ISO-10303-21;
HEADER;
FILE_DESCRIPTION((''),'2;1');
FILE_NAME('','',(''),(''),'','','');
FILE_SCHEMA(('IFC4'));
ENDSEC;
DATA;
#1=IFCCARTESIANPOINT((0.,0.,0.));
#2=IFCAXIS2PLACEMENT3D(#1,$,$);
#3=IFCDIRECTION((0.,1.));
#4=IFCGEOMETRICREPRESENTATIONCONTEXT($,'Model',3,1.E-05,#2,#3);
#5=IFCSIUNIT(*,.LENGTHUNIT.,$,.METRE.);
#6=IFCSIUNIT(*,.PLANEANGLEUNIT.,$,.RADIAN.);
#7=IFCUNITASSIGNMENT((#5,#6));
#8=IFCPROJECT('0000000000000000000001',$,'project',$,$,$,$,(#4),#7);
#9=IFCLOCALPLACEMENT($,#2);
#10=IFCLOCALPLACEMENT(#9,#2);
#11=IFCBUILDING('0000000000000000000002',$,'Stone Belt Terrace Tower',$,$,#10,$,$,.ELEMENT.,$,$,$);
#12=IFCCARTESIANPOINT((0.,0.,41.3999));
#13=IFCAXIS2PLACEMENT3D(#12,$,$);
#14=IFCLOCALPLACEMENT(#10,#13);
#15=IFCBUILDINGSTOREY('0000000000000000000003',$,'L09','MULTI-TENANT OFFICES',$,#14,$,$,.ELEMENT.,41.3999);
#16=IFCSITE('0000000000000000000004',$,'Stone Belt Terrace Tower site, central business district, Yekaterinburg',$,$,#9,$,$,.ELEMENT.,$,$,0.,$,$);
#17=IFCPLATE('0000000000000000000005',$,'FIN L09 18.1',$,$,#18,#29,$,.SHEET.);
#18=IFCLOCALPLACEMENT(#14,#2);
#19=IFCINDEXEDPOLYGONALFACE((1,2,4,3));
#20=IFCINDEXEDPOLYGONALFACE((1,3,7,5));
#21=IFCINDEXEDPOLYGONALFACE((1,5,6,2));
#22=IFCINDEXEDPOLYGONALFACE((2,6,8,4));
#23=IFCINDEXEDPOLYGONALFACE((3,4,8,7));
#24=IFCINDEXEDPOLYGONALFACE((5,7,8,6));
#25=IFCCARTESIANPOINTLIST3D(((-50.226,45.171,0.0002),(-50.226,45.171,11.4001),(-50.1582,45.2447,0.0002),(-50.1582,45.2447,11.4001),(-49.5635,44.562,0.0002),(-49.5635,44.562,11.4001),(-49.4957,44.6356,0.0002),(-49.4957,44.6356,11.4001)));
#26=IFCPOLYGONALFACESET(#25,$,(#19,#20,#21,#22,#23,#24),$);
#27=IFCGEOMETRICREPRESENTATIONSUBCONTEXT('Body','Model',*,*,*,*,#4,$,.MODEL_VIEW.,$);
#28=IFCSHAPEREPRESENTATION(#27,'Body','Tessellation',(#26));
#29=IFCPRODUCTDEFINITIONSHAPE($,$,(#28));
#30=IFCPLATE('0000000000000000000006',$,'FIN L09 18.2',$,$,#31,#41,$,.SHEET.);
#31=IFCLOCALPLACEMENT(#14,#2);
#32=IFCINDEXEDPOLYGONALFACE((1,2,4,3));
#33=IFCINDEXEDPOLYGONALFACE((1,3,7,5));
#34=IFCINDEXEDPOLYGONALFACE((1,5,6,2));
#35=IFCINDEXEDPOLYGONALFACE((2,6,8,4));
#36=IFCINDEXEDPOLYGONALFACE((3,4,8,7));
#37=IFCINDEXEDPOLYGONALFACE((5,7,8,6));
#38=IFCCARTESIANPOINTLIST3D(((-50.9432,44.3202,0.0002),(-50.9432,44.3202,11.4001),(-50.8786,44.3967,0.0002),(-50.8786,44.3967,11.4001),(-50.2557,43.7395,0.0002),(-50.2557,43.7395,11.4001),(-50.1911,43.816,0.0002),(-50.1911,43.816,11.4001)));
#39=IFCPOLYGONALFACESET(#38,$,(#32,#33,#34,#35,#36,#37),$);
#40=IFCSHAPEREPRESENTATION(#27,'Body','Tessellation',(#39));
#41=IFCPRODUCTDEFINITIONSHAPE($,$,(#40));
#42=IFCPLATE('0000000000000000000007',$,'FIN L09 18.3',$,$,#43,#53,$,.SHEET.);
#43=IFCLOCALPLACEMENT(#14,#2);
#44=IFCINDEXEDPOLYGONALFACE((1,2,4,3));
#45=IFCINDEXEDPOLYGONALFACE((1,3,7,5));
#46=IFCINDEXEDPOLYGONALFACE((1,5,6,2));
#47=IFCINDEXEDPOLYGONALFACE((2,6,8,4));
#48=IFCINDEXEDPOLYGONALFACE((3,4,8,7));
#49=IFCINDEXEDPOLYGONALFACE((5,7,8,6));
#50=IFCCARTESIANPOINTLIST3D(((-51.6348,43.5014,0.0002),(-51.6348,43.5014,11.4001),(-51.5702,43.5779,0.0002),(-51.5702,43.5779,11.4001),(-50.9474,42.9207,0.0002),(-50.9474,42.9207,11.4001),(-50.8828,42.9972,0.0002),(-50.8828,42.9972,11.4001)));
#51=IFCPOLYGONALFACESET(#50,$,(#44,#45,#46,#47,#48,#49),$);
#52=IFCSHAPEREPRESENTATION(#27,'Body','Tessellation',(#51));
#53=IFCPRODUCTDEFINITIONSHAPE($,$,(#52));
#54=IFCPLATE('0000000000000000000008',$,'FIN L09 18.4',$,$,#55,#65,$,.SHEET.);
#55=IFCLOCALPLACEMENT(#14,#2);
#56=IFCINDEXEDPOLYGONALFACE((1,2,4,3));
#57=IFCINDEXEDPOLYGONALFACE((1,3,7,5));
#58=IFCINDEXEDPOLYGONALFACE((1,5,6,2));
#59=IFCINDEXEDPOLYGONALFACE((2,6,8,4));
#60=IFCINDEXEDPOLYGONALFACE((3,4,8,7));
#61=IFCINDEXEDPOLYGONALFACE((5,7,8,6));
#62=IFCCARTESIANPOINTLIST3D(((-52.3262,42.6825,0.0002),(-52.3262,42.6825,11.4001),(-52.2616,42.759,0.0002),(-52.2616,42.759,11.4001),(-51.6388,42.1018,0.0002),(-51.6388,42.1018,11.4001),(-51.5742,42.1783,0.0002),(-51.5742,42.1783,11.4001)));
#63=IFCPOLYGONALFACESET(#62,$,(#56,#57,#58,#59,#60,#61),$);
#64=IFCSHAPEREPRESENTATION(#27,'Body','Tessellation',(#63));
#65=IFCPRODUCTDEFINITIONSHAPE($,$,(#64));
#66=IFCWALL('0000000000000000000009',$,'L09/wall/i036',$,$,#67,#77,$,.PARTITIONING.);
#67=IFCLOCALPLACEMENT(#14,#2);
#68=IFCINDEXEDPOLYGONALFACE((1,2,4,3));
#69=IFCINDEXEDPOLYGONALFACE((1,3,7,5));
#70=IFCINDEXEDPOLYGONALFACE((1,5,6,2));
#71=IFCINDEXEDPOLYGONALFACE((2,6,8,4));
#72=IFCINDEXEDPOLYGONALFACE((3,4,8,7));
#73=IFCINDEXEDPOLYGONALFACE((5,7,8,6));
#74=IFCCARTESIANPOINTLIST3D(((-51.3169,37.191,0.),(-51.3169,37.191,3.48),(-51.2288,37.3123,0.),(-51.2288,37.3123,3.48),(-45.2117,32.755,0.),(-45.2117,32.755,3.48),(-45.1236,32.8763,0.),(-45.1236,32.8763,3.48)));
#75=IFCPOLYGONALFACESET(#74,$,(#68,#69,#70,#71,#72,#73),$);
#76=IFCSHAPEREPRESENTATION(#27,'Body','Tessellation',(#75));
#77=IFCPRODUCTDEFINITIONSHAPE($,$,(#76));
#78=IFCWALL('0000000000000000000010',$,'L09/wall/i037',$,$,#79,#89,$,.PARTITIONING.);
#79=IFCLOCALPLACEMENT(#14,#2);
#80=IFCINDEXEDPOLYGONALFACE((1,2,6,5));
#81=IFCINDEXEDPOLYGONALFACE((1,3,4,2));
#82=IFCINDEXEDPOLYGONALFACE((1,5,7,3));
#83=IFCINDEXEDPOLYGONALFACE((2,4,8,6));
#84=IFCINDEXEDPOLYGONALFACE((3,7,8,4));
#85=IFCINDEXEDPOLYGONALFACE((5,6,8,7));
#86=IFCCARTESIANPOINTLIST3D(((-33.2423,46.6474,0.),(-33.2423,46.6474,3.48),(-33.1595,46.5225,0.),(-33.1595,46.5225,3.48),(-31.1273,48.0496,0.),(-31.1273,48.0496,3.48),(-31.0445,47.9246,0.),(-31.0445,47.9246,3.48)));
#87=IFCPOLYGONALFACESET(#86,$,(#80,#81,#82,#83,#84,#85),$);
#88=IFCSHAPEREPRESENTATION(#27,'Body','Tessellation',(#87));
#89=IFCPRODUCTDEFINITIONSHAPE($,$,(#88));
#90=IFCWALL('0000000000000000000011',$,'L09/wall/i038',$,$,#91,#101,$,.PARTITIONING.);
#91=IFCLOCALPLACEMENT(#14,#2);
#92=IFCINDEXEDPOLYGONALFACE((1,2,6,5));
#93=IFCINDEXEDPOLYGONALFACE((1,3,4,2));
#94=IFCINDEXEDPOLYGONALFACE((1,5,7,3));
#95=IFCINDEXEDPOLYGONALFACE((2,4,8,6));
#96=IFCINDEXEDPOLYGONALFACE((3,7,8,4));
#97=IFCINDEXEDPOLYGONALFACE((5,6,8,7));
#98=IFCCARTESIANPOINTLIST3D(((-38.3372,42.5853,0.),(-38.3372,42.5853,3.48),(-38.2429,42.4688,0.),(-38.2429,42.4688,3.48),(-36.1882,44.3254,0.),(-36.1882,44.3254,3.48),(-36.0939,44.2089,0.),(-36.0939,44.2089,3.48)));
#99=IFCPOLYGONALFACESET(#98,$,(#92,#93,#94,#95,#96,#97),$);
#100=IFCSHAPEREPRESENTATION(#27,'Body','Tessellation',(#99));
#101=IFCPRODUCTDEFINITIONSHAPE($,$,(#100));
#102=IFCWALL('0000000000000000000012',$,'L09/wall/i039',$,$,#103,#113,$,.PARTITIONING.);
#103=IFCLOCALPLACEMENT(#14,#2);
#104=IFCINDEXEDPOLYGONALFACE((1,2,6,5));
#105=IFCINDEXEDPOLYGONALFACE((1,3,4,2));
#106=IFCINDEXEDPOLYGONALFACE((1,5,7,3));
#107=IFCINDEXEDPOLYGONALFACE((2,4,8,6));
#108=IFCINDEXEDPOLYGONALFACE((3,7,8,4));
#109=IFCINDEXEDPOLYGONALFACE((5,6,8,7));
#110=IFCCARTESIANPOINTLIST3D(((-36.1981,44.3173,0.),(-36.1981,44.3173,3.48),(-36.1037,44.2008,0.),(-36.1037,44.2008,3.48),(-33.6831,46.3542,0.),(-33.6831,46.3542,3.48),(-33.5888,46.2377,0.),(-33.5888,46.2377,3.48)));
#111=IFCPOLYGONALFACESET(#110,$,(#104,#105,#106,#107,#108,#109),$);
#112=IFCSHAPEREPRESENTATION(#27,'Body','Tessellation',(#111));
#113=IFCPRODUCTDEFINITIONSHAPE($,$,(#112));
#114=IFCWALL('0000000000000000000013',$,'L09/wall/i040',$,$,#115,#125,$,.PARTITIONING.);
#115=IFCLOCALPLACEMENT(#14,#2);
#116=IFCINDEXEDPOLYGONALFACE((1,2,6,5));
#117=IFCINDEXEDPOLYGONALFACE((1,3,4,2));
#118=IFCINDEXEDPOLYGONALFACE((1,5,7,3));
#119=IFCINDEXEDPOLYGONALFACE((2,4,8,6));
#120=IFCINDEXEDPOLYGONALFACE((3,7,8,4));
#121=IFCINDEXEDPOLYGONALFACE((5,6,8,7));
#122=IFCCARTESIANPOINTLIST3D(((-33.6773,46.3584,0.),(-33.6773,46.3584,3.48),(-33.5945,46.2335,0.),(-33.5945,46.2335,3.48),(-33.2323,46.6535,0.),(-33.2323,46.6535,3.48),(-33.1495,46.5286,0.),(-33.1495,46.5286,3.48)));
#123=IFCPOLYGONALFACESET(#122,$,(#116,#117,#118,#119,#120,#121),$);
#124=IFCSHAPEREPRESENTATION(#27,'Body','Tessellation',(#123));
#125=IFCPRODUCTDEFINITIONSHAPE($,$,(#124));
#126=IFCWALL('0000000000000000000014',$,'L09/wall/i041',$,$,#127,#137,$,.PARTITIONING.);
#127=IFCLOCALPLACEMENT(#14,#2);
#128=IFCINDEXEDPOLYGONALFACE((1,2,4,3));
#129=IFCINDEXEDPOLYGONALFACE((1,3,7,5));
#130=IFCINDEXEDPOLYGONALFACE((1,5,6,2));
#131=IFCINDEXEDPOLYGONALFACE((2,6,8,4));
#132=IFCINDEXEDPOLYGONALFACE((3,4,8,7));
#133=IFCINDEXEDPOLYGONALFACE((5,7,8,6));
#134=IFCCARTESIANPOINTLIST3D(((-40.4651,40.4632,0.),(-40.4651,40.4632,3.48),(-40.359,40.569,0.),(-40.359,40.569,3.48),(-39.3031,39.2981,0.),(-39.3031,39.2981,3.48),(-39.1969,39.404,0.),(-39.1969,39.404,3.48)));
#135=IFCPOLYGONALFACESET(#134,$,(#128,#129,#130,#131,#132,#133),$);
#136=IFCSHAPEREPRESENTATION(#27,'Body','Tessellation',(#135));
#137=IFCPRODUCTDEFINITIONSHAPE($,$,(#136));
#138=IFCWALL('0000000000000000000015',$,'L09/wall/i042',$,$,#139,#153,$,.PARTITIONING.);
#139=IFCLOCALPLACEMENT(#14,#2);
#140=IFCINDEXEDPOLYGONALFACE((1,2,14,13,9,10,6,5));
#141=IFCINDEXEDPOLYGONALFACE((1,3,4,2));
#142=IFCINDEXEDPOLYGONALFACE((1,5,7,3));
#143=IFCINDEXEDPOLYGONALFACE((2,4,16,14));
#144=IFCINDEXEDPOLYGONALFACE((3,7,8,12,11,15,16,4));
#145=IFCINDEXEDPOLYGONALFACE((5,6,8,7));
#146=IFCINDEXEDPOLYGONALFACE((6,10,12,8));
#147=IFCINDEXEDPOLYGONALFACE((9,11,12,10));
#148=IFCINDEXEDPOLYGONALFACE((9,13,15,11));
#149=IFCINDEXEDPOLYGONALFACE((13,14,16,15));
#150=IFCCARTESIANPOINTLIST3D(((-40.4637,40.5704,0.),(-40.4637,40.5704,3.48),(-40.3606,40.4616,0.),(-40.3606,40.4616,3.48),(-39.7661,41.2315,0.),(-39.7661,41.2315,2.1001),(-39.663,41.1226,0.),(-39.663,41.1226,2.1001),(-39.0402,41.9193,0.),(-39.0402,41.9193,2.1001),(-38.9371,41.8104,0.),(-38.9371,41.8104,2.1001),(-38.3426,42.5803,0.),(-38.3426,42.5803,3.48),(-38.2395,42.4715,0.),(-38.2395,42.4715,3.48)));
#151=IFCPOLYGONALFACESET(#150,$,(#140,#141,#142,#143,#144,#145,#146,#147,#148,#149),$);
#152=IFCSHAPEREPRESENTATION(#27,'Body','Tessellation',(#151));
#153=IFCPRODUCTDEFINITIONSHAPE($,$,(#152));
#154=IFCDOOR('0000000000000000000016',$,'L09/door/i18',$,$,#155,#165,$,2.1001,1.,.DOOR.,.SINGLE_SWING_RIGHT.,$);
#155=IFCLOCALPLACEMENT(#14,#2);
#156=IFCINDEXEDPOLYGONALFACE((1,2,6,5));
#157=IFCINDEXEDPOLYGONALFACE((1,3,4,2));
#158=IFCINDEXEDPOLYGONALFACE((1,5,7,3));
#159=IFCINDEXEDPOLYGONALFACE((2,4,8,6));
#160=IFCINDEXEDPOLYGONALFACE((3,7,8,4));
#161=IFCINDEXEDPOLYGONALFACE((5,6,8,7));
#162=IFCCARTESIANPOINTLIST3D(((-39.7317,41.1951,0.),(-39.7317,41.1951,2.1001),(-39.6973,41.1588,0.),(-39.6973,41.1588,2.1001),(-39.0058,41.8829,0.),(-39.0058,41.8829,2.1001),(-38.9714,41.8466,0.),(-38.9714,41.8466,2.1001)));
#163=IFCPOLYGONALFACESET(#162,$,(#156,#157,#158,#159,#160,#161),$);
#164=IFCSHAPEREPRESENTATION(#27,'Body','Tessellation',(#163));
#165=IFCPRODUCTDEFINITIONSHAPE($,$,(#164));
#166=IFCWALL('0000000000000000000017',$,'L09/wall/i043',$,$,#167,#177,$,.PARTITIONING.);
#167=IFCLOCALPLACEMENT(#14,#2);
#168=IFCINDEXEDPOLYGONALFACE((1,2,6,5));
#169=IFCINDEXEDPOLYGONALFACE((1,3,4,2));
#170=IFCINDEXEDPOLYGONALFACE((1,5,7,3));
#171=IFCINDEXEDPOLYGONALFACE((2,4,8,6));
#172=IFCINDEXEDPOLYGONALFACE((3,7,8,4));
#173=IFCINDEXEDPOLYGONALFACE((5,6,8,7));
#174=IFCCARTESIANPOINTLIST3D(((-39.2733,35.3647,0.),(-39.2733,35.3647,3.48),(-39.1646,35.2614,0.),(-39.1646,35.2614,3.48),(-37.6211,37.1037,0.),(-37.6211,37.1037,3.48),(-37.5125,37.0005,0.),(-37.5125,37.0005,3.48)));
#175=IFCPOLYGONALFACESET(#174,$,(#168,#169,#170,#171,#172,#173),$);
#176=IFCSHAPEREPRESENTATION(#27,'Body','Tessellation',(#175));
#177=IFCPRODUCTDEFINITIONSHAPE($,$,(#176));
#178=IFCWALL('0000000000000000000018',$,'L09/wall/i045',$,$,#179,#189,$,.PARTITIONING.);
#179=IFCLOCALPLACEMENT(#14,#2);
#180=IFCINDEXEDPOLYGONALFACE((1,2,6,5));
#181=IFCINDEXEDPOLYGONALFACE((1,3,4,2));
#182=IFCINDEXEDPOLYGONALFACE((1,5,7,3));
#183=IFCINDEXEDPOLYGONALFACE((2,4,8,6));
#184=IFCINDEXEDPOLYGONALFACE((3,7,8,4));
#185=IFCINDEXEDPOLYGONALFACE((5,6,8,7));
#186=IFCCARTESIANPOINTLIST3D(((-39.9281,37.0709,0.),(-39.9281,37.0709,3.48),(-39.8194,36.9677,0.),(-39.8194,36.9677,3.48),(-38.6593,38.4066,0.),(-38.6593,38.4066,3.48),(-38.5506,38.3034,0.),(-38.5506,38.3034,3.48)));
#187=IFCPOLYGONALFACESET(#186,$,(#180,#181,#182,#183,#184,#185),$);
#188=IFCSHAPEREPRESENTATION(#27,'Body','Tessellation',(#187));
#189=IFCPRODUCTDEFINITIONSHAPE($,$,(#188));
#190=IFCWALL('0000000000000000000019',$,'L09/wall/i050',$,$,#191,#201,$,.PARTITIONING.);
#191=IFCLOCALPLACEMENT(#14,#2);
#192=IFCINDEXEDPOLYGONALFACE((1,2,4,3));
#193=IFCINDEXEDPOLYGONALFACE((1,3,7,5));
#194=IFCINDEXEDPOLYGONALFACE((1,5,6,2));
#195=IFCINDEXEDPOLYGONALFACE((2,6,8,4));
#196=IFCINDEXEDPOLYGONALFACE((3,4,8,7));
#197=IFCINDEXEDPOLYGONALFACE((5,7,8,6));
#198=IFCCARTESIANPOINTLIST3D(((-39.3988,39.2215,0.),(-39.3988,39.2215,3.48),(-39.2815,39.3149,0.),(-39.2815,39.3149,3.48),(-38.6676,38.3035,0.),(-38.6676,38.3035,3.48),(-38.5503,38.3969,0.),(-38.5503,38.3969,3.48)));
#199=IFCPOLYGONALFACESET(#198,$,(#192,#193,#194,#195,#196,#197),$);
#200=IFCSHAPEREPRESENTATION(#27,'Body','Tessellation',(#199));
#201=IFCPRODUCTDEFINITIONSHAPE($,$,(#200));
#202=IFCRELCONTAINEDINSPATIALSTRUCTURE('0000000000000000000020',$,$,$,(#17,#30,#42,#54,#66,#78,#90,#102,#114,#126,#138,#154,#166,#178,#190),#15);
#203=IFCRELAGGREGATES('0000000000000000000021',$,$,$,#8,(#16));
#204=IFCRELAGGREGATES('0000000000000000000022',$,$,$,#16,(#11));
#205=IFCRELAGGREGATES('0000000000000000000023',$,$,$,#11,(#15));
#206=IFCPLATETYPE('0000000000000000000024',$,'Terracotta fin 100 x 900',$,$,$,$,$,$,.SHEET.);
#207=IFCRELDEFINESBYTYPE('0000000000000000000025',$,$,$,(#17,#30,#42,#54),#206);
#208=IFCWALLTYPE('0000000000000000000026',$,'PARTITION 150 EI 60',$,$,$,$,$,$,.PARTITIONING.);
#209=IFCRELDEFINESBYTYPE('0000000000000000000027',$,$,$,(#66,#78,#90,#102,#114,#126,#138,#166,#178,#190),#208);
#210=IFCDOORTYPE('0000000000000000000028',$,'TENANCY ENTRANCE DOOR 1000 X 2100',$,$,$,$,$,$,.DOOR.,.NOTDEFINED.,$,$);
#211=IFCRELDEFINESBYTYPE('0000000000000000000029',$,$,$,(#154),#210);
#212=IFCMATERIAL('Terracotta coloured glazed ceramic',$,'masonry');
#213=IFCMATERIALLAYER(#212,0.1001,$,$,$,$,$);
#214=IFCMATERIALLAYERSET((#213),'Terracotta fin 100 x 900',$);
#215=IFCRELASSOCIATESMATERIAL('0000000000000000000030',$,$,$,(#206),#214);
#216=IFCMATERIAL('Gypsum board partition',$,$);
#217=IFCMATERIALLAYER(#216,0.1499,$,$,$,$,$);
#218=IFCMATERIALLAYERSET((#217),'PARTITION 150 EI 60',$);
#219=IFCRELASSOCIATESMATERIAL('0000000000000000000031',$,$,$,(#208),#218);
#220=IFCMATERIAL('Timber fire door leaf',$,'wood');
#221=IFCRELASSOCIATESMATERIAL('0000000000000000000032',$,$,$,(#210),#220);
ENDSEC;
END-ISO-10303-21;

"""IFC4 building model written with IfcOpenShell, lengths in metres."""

from ifc_helpers import new_model, si_unit, direction, frame, frame_2d, origin, origin_2d, place, context, subcontext, project, spatial, rectangle, extrude, material, layer, layer_set, type_object, element, fill, save


model = new_model("IFC4")

# Units and contexts
model_context = context("Model", 3, precision=1e-05, world=origin(), true_north=direction((0.0, 1.0)))
body_context = subcontext(model_context, "Body", "Model", "MODEL_VIEW")
ifc_project = project(units=[si_unit("LENGTHUNIT", "METRE"), si_unit("PLANEANGLEUNIT", "RADIAN")], contexts=[model_context])

# Site, building, storey
site_placement = place(None, origin())
site = spatial("IfcSite", under=ifc_project, at=site_placement, Name="Stone Belt Terrace Tower site, central business district, Yekaterinburg", CompositionType="ELEMENT", RefElevation=0.0)
building_placement = place(site_placement, origin())
building = spatial("IfcBuilding", under=site, at=building_placement, Name="Stone Belt Terrace Tower", CompositionType="ELEMENT")
storey_placement = place(building_placement, frame((0.0, 0.0, 41.3999)))
storey = spatial("IfcBuildingStorey", under=building, at=storey_placement, Name="L09", Description="MULTI-TENANT OFFICES", CompositionType="ELEMENT", Elevation=41.3999)

# Plates
ifc_material_1 = material(Name="Terracotta coloured glazed ceramic", Category="masonry")
ifc_layer_1 = layer(ifc_material_1, 0.1001)
ifc_layer_set_1 = layer_set([ifc_layer_1], Name="Terracotta fin 100 x 900")
plate_type_1 = type_object("IfcPlateType", Name="Terracotta fin 100 x 900", PredefinedType="SHEET", material=ifc_layer_set_1)
for number, where, z_axis, x_axis, name in (
    (1, (-49.8608, 44.9033, 0.0002), (0.0, 0.0, 1.0), (-0.736171, 0.676796, 0.0), "FIN L09 18.1"),
    (2, (-50.5671, 44.0681, 0.0002), (0.0, 0.0, 1.0), (-0.763937, 0.645291, 0.0), "FIN L09 18.2"),
    (3, (-51.2588, 43.2493, 0.0002), (0.0, 0.0, 1.0), (-0.763937, 0.645291, 0.0), "FIN L09 18.3"),
    (4, (-51.9502, 42.4304, 0.0002), (0.0, 0.0, 1.0), (-0.763937, 0.645291, 0.0), "FIN L09 18.4"),
):
    element("IfcPlate", number, at=place(storey_placement, frame(where, z_axis=z_axis, x_axis=x_axis)), inside=storey, type_object=plate_type_1, Name=name, PredefinedType="SHEET", context=body_context, shape_type="SweptSolid", body=[
        extrude(rectangle(XDim=0.8999, YDim=0.1001, at=origin_2d()), origin(), (0.0, 0.0, 1.0), 11.3999),
    ])

# Walls
ifc_material_2 = material(Name="Gypsum board partition")
ifc_layer_2 = layer(ifc_material_2, 0.1499)
ifc_layer_set_2 = layer_set([ifc_layer_2], Name="PARTITION 150 EI 60")
wall_type = type_object("IfcWallType", Name="PARTITION 150 EI 60", PredefinedType="PARTITIONING", material=ifc_layer_set_2)
wall_1_placement = place(storey_placement, frame((-51.2729, 37.2517, 0.0), z_axis=(0.0, 0.0, 1.0), x_axis=(0.808996, -0.587814, 0.0)))
element("IfcWall", 5, at=wall_1_placement, inside=storey, type_object=wall_type, Name="L09/wall/i036", PredefinedType="PARTITIONING", context=body_context, shape_type="SweptSolid", body=[
    extrude(rectangle(XDim=7.5466, YDim=0.1499, at=frame_2d((3.7734, 0.0))), origin(), (0.0, 0.0, 1.0), 3.48),
])
wall_2_placement = place(storey_placement, frame((-33.2009, 46.585, 0.0), z_axis=(0.0, 0.0, 1.0), x_axis=(0.833483, 0.552545, 0.0)))
element("IfcWall", 6, at=wall_2_placement, inside=storey, type_object=wall_type, Name="L09/wall/i037", PredefinedType="PARTITIONING", context=body_context, shape_type="SweptSolid", body=[
    extrude(rectangle(XDim=2.5376, YDim=0.1499, at=frame_2d((1.2688, 0.0))), origin(), (0.0, 0.0, 1.0), 3.48),
])
wall_3_placement = place(storey_placement, frame((-38.29, 42.5271, 0.0), z_axis=(0.0, 0.0, 1.0), x_axis=(0.777177, 0.629282, 0.0)))
element("IfcWall", 7, at=wall_3_placement, inside=storey, type_object=wall_type, Name="L09/wall/i038", PredefinedType="PARTITIONING", context=body_context, shape_type="SweptSolid", body=[
    extrude(rectangle(XDim=2.7651, YDim=0.1499, at=frame_2d((1.3826, 0.0))), origin(), (0.0, 0.0, 1.0), 3.48),
])
wall_4_placement = place(storey_placement, frame((-36.1509, 44.259, 0.0), z_axis=(0.0, 0.0, 1.0), x_axis=(0.777094, 0.629385, 0.0)))
element("IfcWall", 8, at=wall_4_placement, inside=storey, type_object=wall_type, Name="L09/wall/i039", PredefinedType="PARTITIONING", context=body_context, shape_type="SweptSolid", body=[
    extrude(rectangle(XDim=3.2363, YDim=0.1499, at=frame_2d((1.6182, 0.0))), origin(), (0.0, 0.0, 1.0), 3.48),
])
wall_5_placement = place(storey_placement, frame((-33.636, 46.2959, 0.0), z_axis=(0.0, 0.0, 1.0), x_axis=(0.833384, 0.552694, 0.0)))
element("IfcWall", 9, at=wall_5_placement, inside=storey, type_object=wall_type, Name="L09/wall/i040", PredefinedType="PARTITIONING", context=body_context, shape_type="SweptSolid", body=[
    extrude(rectangle(XDim=0.5339, YDim=0.1499, at=frame_2d((0.2671, 0.0))), origin(), (0.0, 0.0, 1.0), 3.48),
])
wall_6_placement = place(storey_placement, frame((-39.25, 39.3511, 0.0), z_axis=(0.0, 0.0, 1.0), x_axis=(-0.706216, 0.707996, 0.0)))
element("IfcWall", 10, at=wall_6_placement, inside=storey, type_object=wall_type, Name="L09/wall/i041", PredefinedType="PARTITIONING", context=body_context, shape_type="SweptSolid", body=[
    extrude(rectangle(XDim=1.6455, YDim=0.1499, at=frame_2d((0.8228, 0.0))), origin(), (0.0, 0.0, 1.0), 3.48),
])

# Wall, opening, door
wall_7_placement = place(storey_placement, frame((-40.4121, 40.5161, 0.0), z_axis=(0.0, 0.0, 1.0), x_axis=(0.7259, 0.6878, 0.0)))
wall_7 = element("IfcWall", 11, at=wall_7_placement, inside=storey, type_object=wall_type, Name="L09/wall/i042", PredefinedType="PARTITIONING", context=body_context, shape_type="SweptSolid", body=[
    extrude(rectangle(XDim=2.9221, YDim=0.1499, at=frame_2d((1.4609, 0.0))), origin(), (0.0, 0.0, 1.0), 3.48),
])
opening_placement = place(wall_7_placement, frame((0.9609, 0.0, 0.0)))
opening = element("IfcOpeningElement", 12, at=opening_placement, cuts=wall_7, PredefinedType="OPENING", context=body_context, shape_type="SweptSolid", body=[
    extrude(rectangle(XDim=1.0, YDim=2.1001, at=frame_2d((0.5, 1.05))), frame((0.0, 0.085, 0.0), z_axis=(0.0, -1.0, 0.0), x_axis=(1.0, 0.0, 0.0)), (0.0, 0.0, 1.0), 0.1699),
])
ifc_material_3 = material(Name="Timber fire door leaf", Category="wood")
door_type = type_object("IfcDoorType", Name="TENANCY ENTRANCE DOOR 1000 X 2100", OperationType="NOTDEFINED", PredefinedType="DOOR", material=ifc_material_3)
door_placement = place(opening_placement, origin())
door = element("IfcDoor", 13, at=door_placement, inside=storey, type_object=door_type, Name="L09/door/i18", OperationType="SINGLE_SWING_RIGHT", OverallHeight=2.1001, OverallWidth=1.0, PredefinedType="DOOR", context=body_context, shape_type="SweptSolid", body=[
    extrude(rectangle(XDim=1.0, YDim=2.1001, at=frame_2d((0.5, 1.05))), frame((0.0, 0.0249, 0.0), z_axis=(0.0, -1.0, 0.0), x_axis=(1.0, 0.0, 0.0)), (0.0, 0.0, 1.0), 0.05),
])
fill(opening, door)

# Walls
wall_8_placement = place(storey_placement, frame((-37.5669, 37.052, 0.0), z_axis=(0.0, 0.0, 1.0), x_axis=(-0.688757, -0.724992, 0.0)))
element("IfcWall", 14, at=wall_8_placement, inside=storey, type_object=wall_type, Name="L09/wall/i043", PredefinedType="PARTITIONING", context=body_context, shape_type="SweptSolid", body=[
    extrude(rectangle(XDim=2.3987, YDim=0.1499, at=frame_2d((1.1992, 0.0))), origin(), (0.0, 0.0, 1.0), 3.48),
])
wall_9_placement = place(storey_placement, frame((-39.8738, 37.0193, 0.0), z_axis=(0.0, 0.0, 1.0), x_axis=(0.688718, 0.725029, 0.0)))
element("IfcWall", 15, at=wall_9_placement, inside=storey, type_object=wall_type, Name="L09/wall/i045", PredefinedType="PARTITIONING", context=body_context, shape_type="SweptSolid", body=[
    extrude(rectangle(XDim=1.8423, YDim=0.1499, at=frame_2d((0.9211, 0.0))), origin(), (0.0, 0.0, 1.0), 3.48),
])
wall_10_placement = place(storey_placement, frame((-38.6089, 38.3501, 0.0), z_axis=(0.0, 0.0, 1.0), x_axis=(-0.623045, 0.782186, 0.0)))
element("IfcWall", 16, at=wall_10_placement, inside=storey, type_object=wall_type, Name="L09/wall/i050", PredefinedType="PARTITIONING", context=body_context, shape_type="SweptSolid", body=[
    extrude(rectangle(XDim=1.1736, YDim=0.1499, at=frame_2d((0.5869, 0.0))), origin(), (0.0, 0.0, 1.0), 3.48),
])

save(model, "model.ifc")
